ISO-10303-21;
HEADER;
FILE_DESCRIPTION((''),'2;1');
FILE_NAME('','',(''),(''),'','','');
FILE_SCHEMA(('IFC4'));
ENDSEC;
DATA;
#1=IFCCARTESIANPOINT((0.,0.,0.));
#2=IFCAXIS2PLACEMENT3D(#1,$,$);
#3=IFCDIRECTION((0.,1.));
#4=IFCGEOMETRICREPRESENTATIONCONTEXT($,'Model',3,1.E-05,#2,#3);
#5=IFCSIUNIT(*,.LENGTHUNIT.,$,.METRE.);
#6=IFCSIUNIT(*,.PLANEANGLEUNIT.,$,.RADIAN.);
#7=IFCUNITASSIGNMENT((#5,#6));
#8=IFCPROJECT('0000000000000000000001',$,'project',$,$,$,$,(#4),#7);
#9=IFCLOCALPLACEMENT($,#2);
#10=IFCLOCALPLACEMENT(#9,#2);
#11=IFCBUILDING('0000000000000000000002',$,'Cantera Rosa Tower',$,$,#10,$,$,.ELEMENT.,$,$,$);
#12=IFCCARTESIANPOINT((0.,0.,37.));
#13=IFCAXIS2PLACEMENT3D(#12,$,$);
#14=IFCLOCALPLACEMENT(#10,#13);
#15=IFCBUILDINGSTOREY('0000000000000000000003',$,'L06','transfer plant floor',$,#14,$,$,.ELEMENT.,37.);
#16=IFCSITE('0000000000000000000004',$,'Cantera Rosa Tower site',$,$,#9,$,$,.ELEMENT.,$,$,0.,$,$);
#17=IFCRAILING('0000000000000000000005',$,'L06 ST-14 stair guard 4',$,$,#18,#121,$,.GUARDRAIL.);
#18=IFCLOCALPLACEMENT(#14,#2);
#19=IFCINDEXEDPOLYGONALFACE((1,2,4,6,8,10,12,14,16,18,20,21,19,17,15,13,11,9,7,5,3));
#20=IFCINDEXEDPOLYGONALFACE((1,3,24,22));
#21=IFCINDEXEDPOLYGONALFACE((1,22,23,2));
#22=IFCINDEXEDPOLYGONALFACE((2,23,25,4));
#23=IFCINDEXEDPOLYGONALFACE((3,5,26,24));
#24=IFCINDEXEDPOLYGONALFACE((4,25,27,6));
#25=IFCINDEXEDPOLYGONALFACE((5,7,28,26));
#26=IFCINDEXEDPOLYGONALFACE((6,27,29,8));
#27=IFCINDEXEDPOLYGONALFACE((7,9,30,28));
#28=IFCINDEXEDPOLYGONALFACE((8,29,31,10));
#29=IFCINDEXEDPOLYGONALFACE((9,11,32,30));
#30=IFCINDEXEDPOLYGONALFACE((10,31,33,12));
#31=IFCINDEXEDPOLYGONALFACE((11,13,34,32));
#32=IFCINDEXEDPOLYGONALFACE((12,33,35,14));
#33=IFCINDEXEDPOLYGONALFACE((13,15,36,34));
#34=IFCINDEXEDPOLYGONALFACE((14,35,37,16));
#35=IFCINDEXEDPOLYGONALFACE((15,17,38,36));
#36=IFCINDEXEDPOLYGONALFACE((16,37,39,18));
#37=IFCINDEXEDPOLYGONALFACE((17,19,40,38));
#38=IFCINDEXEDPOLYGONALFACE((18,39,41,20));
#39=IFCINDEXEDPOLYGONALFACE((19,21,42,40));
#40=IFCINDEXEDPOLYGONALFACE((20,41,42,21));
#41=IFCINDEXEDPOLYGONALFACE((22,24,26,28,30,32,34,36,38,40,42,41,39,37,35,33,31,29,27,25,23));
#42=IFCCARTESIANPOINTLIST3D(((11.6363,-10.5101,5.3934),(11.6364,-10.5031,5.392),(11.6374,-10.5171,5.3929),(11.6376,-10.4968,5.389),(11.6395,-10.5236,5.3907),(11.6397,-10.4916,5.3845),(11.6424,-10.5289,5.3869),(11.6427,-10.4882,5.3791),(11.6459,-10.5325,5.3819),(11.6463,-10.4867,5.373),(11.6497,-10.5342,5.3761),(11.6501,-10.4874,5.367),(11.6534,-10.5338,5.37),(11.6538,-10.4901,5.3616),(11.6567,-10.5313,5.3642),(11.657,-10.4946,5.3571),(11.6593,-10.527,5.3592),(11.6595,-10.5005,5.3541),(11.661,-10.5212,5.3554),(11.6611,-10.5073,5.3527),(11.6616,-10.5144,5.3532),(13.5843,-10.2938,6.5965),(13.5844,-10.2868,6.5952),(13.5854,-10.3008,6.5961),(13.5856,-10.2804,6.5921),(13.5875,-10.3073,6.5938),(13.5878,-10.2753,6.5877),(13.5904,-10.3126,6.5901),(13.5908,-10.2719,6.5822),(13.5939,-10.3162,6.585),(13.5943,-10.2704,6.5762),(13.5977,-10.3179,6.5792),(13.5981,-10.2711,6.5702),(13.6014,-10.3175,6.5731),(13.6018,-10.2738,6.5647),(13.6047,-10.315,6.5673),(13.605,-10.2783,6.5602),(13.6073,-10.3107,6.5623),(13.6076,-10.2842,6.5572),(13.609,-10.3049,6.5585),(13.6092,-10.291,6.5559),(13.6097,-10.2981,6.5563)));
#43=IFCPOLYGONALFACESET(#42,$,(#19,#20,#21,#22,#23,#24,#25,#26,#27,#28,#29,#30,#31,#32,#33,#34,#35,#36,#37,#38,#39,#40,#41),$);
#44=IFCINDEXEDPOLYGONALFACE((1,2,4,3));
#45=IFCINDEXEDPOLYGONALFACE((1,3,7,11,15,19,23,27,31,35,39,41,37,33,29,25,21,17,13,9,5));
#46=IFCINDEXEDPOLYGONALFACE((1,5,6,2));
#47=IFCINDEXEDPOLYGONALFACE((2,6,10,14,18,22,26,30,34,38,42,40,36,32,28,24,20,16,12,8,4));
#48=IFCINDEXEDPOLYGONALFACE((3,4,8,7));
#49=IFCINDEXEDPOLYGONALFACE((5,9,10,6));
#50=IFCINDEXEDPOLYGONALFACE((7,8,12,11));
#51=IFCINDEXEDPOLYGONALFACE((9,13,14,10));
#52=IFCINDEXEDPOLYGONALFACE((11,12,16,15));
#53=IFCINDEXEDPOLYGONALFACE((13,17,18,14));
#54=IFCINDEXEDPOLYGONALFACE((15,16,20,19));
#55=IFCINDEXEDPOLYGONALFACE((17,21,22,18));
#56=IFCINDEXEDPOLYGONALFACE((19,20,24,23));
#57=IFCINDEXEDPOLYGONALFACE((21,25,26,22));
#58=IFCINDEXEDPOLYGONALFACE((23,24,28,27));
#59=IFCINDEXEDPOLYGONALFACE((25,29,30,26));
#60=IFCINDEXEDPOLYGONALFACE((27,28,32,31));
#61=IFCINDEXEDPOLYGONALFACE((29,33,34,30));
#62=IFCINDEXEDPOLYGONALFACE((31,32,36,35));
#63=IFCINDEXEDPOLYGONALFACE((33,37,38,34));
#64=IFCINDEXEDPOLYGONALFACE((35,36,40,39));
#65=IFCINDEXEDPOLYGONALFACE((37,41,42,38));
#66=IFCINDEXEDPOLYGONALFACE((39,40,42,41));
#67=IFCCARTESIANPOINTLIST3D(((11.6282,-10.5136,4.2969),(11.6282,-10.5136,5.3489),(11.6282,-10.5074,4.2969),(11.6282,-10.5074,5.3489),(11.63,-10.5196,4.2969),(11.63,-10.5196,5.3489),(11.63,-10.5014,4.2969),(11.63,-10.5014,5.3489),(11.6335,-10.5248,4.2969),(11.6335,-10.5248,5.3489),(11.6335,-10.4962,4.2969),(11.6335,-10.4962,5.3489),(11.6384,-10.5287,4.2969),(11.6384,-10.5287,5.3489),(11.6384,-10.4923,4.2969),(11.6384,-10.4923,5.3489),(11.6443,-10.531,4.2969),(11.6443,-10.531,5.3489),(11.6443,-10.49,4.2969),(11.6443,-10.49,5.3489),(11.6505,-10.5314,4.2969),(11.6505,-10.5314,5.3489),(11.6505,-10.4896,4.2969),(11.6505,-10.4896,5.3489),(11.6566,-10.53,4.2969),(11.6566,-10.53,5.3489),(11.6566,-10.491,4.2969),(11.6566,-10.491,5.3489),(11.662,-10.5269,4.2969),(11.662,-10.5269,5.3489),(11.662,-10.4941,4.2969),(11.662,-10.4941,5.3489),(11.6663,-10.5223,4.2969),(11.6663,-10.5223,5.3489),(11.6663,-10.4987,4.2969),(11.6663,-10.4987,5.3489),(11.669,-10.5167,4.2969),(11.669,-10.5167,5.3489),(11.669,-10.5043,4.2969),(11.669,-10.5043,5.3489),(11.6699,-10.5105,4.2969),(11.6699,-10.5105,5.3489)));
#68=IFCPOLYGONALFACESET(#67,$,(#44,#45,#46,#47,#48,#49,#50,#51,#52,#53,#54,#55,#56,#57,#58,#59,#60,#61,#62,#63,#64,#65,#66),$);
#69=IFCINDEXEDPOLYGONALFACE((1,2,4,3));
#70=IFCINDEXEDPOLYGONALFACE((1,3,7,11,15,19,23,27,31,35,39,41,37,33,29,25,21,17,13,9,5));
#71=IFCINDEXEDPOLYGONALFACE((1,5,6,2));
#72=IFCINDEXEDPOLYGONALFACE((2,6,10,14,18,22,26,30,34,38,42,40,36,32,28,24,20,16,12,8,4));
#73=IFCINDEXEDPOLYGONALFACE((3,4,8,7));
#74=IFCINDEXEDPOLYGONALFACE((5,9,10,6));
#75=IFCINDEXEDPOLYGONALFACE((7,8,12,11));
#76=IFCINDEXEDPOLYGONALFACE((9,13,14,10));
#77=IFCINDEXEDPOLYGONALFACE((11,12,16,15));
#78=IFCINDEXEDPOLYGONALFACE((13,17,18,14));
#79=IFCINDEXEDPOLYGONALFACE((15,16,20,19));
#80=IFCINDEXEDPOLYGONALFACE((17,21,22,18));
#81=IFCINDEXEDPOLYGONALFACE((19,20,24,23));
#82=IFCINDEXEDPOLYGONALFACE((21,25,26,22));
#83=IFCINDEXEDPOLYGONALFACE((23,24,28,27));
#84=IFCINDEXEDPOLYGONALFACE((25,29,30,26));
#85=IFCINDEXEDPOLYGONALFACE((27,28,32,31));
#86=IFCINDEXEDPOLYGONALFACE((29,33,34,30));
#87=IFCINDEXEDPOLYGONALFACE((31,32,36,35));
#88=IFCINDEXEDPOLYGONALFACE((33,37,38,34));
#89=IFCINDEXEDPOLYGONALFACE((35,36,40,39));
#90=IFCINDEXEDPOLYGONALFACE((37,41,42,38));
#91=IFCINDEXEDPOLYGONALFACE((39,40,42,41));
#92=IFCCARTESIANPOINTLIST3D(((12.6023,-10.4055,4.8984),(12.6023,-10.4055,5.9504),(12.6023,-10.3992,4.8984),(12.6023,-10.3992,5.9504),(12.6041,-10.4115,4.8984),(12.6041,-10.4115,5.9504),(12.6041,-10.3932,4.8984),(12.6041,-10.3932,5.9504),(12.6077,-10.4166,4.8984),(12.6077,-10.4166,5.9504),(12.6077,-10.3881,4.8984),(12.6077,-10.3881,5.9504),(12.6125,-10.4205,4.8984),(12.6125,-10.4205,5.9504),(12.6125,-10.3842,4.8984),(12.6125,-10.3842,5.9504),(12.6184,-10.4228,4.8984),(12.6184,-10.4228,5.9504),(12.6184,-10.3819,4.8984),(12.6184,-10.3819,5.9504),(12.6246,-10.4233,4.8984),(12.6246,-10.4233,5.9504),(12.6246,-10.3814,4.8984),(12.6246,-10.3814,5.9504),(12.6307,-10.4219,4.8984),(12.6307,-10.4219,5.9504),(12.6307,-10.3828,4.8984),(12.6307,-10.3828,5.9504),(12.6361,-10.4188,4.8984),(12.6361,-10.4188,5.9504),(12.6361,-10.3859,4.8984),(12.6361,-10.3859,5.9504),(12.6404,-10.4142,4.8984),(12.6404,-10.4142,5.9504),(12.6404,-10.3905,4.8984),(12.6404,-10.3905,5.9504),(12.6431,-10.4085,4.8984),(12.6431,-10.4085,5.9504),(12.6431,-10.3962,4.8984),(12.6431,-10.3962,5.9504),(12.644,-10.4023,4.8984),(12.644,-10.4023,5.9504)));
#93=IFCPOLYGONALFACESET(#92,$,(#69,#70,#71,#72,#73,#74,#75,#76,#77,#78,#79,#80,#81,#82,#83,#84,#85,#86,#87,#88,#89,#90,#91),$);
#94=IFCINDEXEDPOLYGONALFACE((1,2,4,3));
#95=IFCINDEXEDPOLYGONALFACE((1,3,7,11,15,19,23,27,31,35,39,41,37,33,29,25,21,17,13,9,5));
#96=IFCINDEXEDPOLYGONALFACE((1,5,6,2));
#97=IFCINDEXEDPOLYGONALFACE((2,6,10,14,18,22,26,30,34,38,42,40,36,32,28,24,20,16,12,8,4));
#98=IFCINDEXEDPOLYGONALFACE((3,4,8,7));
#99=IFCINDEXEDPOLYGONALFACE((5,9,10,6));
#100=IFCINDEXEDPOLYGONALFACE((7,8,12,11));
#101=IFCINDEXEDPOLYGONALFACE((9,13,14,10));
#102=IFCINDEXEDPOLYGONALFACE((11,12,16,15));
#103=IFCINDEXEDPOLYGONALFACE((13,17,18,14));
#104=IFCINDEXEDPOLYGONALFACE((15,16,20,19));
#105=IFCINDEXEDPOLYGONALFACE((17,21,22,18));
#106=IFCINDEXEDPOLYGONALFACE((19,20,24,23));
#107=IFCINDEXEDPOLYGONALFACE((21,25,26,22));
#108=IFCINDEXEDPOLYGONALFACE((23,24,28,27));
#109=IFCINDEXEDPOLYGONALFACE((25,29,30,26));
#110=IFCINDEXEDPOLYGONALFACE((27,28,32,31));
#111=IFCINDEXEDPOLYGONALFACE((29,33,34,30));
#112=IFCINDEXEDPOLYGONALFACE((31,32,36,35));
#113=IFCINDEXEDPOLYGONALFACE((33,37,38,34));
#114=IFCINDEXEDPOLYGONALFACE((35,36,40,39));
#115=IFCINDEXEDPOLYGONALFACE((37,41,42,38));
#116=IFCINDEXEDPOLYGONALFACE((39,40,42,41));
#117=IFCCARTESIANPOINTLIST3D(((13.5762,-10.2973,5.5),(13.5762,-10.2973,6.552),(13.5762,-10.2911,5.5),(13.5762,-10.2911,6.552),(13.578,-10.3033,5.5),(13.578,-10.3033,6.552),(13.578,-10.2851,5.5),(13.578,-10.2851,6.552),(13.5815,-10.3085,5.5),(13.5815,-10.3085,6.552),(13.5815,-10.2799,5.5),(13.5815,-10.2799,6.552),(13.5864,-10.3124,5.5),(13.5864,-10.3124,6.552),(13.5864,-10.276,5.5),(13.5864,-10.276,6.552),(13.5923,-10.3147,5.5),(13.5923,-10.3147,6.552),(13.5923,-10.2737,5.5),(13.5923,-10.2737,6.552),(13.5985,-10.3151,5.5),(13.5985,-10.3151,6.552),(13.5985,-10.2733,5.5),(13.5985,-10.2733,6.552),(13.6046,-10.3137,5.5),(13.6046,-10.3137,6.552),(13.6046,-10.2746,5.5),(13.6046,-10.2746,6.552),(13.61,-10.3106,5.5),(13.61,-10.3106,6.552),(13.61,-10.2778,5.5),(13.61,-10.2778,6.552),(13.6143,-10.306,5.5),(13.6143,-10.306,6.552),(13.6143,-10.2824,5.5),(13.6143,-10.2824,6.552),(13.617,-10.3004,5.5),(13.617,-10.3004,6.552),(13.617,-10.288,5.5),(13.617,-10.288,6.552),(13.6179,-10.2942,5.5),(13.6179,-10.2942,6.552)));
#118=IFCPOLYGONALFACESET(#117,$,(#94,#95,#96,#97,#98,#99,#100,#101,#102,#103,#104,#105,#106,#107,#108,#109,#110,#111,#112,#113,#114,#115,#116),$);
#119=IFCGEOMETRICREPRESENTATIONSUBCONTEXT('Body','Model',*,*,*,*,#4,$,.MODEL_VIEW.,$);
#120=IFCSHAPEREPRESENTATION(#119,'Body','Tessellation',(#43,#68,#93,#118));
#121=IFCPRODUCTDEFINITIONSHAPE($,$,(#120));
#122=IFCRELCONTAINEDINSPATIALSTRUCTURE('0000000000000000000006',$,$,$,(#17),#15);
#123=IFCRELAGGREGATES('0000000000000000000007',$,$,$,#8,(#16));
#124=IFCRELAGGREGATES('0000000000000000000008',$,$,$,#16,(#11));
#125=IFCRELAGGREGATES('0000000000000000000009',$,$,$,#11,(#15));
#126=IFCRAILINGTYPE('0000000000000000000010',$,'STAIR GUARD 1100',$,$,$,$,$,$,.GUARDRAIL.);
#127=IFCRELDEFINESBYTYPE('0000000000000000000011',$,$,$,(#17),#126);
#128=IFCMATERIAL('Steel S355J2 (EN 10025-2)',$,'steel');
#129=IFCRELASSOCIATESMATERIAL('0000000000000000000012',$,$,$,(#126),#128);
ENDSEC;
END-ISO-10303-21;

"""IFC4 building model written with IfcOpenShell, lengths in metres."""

from ifc_helpers import new_model, si_unit, direction, frame, origin, origin_2d, place, context, subcontext, project, spatial, circle, extrude, material, type_object, element, save


model = new_model("IFC4")

# Units and contexts
model_context = context("Model", 3, precision=1e-05, world=origin(), true_north=direction((0.0, 1.0)))
body_context = subcontext(model_context, "Body", "Model", "MODEL_VIEW")
ifc_project = project(units=[si_unit("LENGTHUNIT", "METRE"), si_unit("PLANEANGLEUNIT", "RADIAN")], contexts=[model_context])

# Site, building, storey
site_placement = place(None, origin())
site = spatial("IfcSite", under=ifc_project, at=site_placement, Name="Cantera Rosa Tower site", CompositionType="ELEMENT", RefElevation=0.0)
building_placement = place(site_placement, origin())
building = spatial("IfcBuilding", under=site, at=building_placement, Name="Cantera Rosa Tower", CompositionType="ELEMENT")
storey_placement = place(building_placement, frame((0.0, 0.0, 37.0)))
storey = spatial("IfcBuildingStorey", under=building, at=storey_placement, Name="L06", Description="transfer plant floor", CompositionType="ELEMENT", Elevation=37.0)

# Railing
ifc_material_1 = material(Name="Steel S355J2 (EN 10025-2)", Category="steel")
railing_type_1 = type_object("IfcRailingType", Name="STAIR GUARD 1100", PredefinedType="GUARDRAIL", material=ifc_material_1)
railing_1_placement = place(storey_placement, frame((11.6489, -10.5105, 4.2969)))
element("IfcRailing", 1, at=railing_1_placement, inside=storey, type_object=railing_type_1, Name="L06 ST-14 stair guard 4", PredefinedType="GUARDRAIL", context=body_context, shape_type="SweptSolid", body=[
    extrude(circle(Radius=0.0239, at=origin_2d()), frame((0.0, 0.0, 1.0762), z_axis=(0.847036, 0.094056, 0.523147), x_axis=(-0.110363, 0.993891, 0.0)), (0.0, 0.0, 1.0), 2.2998),
    extrude(circle(Radius=0.021, at=origin_2d()), origin(), (0.0, 0.0, 1.0), 1.052),
    extrude(circle(Radius=0.021, at=origin_2d()), frame((0.9741, 0.1082, 0.6016)), (0.0, 0.0, 1.0), 1.052),
    extrude(circle(Radius=0.021, at=origin_2d()), frame((1.948, 0.2163, 1.2031)), (0.0, 0.0, 1.0), 1.052),
])

save(model, "model.ifc")
